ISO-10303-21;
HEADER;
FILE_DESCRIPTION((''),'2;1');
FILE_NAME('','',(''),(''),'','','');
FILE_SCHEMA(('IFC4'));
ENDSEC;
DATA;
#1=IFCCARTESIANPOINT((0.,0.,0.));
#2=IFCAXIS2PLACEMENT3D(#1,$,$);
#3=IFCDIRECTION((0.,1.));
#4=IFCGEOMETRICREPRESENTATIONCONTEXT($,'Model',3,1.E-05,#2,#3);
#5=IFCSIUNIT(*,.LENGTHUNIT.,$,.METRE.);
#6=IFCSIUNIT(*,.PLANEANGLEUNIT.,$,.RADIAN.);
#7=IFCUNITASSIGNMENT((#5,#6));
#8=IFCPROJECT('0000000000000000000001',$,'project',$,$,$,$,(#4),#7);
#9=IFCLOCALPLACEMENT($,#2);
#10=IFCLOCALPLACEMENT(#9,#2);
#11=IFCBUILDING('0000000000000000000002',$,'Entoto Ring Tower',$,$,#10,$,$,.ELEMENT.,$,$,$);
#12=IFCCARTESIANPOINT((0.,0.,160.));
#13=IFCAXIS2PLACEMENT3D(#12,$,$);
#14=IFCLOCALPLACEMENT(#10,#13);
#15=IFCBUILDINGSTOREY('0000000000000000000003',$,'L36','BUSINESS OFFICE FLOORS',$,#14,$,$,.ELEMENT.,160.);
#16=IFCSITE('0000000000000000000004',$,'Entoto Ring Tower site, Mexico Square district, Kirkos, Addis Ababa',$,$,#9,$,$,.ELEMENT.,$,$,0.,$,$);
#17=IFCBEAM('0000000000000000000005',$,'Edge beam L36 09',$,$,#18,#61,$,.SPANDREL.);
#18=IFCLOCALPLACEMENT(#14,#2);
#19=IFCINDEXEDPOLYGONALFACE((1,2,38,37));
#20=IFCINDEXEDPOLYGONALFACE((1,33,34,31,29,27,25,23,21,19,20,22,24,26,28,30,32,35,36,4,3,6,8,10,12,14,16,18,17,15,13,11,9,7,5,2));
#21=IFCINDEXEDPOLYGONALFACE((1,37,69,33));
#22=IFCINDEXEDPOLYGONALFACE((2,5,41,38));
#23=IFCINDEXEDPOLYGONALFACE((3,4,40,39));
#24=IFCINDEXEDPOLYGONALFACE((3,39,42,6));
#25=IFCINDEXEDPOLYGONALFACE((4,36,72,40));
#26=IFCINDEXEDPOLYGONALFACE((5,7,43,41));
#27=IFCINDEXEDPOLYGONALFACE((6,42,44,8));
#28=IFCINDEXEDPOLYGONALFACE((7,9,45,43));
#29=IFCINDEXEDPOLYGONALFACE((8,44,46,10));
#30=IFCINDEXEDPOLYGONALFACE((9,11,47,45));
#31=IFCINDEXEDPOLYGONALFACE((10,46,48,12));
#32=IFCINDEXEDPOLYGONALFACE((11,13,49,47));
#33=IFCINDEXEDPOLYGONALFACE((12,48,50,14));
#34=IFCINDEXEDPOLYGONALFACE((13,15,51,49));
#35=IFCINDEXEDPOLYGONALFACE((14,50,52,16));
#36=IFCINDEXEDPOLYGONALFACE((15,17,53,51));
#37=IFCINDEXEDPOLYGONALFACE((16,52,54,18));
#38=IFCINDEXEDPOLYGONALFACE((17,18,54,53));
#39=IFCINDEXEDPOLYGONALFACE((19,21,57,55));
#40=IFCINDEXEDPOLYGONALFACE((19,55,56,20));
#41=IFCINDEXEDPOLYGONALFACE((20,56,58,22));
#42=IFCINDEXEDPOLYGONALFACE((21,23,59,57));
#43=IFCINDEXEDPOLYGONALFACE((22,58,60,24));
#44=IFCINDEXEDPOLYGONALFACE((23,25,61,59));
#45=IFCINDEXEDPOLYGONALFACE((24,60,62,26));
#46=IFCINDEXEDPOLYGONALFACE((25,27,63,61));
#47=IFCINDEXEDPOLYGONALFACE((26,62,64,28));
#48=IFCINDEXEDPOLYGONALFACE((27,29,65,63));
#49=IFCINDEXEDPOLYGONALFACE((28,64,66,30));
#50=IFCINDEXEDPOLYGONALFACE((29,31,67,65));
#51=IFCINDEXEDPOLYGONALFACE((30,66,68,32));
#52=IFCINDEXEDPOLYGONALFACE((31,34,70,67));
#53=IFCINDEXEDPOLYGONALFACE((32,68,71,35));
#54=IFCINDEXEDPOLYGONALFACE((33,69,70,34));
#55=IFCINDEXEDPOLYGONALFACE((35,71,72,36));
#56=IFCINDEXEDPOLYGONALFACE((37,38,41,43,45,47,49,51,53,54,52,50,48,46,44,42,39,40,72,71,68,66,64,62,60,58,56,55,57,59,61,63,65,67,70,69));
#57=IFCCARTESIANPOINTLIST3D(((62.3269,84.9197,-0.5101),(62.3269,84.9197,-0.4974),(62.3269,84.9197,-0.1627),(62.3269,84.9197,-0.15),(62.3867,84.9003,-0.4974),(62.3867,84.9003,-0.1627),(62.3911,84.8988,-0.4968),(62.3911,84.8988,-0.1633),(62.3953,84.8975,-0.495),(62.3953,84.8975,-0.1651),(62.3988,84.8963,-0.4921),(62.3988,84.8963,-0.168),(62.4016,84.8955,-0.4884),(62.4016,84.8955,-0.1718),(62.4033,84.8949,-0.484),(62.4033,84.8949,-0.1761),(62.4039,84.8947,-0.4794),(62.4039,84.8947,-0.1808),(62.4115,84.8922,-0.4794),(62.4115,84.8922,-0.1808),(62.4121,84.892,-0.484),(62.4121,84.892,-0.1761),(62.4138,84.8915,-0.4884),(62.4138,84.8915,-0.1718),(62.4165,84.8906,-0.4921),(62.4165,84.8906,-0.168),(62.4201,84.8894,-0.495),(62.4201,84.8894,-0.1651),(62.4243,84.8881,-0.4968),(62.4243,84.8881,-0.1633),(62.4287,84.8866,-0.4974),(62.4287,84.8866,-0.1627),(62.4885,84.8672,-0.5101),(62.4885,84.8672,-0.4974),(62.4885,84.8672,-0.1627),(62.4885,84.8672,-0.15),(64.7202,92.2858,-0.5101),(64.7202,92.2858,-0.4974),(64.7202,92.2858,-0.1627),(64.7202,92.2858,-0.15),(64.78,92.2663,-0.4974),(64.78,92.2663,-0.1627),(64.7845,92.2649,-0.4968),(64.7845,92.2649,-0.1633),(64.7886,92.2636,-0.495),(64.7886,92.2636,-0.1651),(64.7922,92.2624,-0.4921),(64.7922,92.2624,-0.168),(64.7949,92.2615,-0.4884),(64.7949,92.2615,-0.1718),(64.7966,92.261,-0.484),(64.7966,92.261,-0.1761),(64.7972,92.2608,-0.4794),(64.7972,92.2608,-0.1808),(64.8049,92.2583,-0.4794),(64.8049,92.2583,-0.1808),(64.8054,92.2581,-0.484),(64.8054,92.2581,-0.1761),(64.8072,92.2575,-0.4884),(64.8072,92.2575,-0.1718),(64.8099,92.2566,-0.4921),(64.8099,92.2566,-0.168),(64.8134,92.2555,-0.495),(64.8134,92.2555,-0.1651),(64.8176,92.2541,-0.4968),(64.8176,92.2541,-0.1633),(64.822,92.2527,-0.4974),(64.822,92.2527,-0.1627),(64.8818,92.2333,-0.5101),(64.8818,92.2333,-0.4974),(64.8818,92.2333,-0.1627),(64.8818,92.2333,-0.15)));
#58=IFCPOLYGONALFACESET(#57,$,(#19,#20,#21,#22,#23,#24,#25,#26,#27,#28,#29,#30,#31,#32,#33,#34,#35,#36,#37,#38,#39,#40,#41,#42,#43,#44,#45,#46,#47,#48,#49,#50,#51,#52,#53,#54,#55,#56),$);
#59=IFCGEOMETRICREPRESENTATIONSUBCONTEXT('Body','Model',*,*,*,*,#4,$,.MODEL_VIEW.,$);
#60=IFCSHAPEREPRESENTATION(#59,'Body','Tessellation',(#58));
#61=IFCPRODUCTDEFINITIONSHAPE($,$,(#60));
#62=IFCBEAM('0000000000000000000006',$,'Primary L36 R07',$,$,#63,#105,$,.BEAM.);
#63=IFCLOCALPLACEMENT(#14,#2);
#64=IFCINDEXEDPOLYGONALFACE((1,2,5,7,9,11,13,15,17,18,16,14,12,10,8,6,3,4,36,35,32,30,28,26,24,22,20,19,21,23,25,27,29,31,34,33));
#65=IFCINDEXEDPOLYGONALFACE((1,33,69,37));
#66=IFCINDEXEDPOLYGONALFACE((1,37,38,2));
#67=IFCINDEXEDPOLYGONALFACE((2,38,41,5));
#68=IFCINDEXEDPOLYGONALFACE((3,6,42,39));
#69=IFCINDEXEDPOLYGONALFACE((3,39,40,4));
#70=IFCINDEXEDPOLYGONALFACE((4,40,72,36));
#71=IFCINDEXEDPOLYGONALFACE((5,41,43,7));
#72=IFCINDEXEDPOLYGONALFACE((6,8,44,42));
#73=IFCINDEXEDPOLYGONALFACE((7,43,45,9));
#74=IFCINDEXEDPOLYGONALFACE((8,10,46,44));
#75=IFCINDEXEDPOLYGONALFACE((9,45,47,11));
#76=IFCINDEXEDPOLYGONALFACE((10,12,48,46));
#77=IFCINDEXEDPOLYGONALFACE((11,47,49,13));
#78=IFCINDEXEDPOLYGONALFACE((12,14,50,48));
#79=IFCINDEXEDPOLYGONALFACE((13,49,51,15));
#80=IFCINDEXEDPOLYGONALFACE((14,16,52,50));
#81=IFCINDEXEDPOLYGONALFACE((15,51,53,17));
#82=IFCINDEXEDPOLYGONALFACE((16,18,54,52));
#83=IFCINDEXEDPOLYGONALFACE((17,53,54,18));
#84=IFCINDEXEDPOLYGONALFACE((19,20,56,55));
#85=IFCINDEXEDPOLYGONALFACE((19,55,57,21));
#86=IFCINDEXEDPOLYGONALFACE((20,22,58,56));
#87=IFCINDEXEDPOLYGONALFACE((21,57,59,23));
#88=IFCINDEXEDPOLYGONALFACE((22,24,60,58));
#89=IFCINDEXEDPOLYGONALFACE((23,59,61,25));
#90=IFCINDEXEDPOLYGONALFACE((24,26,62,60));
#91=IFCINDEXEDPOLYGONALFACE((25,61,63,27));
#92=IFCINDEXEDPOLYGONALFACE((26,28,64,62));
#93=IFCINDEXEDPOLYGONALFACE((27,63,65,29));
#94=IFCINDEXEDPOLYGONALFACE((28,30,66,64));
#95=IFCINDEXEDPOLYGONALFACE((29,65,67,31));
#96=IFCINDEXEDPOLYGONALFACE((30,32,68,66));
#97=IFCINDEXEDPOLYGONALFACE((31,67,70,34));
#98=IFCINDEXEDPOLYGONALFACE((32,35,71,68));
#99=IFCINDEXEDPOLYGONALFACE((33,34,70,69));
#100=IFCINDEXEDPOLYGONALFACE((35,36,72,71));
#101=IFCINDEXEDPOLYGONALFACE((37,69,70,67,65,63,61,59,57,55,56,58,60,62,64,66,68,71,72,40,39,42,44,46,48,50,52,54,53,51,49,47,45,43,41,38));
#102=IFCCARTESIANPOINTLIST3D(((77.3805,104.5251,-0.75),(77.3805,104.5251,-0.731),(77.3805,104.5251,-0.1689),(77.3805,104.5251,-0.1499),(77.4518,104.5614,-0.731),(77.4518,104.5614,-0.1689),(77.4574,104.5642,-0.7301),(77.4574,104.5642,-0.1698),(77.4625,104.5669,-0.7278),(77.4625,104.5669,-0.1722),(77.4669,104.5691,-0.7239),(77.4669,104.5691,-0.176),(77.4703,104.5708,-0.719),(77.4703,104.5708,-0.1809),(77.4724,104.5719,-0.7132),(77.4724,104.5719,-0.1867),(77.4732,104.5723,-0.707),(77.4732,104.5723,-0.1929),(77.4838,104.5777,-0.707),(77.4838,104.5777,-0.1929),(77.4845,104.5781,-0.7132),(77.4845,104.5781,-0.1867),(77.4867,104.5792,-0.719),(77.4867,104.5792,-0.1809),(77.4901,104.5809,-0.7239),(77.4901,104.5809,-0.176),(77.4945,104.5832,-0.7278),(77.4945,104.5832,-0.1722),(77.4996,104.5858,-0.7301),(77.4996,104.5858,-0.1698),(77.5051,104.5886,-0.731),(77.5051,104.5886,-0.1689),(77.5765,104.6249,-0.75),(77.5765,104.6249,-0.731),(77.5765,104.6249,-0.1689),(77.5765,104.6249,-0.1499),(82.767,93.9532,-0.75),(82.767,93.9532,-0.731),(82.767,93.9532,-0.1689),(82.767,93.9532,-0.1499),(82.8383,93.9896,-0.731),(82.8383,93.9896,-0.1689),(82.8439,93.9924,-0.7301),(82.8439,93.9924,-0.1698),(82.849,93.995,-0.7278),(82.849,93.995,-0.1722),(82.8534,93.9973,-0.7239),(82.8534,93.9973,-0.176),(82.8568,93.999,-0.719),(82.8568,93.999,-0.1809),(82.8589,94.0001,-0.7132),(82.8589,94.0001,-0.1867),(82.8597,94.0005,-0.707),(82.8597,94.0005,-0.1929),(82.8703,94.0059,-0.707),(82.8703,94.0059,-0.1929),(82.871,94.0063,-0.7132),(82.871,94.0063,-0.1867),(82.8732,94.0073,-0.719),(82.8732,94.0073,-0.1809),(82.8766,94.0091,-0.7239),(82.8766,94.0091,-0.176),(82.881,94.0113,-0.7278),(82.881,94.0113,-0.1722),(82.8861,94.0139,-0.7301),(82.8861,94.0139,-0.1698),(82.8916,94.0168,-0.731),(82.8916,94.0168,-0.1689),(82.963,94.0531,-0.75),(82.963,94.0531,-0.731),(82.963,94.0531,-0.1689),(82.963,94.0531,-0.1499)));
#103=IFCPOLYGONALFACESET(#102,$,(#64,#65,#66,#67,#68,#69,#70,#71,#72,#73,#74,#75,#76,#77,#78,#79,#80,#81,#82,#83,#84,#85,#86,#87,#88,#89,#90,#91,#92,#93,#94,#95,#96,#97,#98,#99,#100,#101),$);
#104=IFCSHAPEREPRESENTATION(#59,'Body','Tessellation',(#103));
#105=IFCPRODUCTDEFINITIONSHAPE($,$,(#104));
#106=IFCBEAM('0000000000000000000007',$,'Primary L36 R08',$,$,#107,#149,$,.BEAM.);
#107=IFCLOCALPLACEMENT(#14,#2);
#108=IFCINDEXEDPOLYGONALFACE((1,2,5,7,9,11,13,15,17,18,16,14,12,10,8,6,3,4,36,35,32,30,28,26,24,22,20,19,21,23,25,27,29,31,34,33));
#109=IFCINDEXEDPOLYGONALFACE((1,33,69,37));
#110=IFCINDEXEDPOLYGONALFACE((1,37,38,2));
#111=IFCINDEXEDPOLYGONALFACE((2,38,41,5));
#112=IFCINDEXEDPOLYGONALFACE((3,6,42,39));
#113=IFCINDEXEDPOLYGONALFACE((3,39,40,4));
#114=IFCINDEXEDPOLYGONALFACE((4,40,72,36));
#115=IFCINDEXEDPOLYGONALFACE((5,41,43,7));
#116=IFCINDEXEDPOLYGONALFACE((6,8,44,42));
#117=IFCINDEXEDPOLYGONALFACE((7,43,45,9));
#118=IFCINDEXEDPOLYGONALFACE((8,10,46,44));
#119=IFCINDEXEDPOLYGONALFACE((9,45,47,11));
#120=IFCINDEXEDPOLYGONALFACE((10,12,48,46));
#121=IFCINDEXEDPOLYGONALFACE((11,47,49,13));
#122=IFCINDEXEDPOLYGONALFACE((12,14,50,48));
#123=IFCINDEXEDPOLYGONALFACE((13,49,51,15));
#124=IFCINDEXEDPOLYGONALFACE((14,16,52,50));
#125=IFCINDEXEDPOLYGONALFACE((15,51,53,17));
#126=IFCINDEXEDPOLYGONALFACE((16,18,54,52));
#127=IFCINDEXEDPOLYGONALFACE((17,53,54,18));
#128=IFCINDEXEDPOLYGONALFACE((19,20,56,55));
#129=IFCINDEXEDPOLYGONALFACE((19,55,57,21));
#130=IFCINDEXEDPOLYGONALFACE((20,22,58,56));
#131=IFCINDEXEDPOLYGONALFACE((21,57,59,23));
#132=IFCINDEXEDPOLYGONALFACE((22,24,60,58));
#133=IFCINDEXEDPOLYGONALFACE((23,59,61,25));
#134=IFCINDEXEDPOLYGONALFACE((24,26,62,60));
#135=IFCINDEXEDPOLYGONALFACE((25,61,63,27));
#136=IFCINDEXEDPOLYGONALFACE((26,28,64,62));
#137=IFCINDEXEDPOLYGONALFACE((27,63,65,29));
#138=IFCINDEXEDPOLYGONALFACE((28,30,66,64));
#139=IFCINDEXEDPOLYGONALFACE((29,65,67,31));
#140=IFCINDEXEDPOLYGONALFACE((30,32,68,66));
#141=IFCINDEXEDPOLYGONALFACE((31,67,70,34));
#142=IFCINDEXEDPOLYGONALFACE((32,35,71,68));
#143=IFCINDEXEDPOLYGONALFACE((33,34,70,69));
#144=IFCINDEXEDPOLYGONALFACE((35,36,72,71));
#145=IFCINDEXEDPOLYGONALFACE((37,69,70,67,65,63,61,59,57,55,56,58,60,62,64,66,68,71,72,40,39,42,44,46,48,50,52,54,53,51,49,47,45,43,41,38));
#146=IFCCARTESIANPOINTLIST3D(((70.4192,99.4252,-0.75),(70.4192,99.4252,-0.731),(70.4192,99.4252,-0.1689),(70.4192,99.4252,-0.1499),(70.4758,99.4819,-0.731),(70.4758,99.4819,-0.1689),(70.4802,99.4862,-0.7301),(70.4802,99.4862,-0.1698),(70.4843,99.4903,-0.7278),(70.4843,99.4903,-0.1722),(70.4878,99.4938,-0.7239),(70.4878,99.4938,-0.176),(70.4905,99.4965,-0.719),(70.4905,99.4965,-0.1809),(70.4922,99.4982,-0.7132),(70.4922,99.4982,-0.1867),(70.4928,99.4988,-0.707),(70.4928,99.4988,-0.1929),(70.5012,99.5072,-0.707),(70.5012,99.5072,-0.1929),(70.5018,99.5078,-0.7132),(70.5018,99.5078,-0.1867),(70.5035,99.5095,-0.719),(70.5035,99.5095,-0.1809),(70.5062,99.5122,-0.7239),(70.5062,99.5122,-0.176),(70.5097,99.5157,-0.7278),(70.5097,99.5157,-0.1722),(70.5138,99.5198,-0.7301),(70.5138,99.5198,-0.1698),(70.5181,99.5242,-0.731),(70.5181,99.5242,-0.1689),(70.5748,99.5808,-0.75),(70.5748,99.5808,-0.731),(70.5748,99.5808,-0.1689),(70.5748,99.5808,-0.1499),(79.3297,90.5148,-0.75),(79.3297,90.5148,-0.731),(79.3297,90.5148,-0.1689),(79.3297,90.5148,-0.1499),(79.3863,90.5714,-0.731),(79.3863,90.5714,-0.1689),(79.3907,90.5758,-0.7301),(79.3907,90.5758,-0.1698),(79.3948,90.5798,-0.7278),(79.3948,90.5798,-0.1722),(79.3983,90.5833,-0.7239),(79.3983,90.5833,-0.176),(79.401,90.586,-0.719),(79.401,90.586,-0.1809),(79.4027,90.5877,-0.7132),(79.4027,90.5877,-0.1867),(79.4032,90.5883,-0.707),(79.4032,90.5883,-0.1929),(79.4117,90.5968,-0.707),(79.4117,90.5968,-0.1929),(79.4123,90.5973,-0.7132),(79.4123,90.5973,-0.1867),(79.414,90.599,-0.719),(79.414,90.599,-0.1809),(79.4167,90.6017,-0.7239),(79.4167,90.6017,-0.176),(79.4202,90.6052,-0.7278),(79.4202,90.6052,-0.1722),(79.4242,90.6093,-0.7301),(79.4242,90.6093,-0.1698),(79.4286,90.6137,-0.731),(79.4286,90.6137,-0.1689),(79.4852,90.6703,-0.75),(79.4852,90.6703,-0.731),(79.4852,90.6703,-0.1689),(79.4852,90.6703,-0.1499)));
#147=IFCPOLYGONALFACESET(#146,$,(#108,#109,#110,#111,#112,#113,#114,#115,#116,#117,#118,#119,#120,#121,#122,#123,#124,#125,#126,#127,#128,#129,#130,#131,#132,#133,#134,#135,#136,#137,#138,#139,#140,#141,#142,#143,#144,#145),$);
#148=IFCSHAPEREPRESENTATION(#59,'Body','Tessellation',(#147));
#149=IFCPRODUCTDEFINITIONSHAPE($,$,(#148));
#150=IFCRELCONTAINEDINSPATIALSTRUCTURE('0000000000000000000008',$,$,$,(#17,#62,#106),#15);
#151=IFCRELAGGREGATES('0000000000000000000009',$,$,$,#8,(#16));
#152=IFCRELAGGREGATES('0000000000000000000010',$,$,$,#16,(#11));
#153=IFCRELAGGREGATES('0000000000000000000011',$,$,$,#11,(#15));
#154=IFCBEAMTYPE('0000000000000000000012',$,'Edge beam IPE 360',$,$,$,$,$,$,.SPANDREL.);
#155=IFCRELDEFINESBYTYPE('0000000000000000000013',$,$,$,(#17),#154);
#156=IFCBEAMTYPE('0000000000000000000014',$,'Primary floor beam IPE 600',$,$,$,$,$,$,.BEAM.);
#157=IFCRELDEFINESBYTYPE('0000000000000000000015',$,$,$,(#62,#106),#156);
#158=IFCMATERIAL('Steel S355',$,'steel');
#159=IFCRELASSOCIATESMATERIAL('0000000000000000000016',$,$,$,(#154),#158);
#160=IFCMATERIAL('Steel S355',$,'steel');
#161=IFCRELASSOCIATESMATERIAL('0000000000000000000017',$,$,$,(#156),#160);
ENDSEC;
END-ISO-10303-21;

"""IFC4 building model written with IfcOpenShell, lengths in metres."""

from ifc_helpers import new_model, si_unit, direction, frame, origin, origin_2d, place, context, subcontext, project, spatial, i_section, extrude, material, material_profile, profile_set, type_object, element, save


model = new_model("IFC4")

# Units and contexts
model_context = context("Model", 3, precision=1e-05, world=origin(), true_north=direction((0.0, 1.0)))
body_context = subcontext(model_context, "Body", "Model", "MODEL_VIEW")
ifc_project = project(units=[si_unit("LENGTHUNIT", "METRE"), si_unit("PLANEANGLEUNIT", "RADIAN")], contexts=[model_context])

# Site, building, storey
site_placement = place(None, origin())
site = spatial("IfcSite", under=ifc_project, at=site_placement, Name="Entoto Ring Tower site, Mexico Square district, Kirkos, Addis Ababa", CompositionType="ELEMENT", RefElevation=0.0)
building_placement = place(site_placement, origin())
building = spatial("IfcBuilding", under=site, at=building_placement, Name="Entoto Ring Tower", CompositionType="ELEMENT")
storey_placement = place(building_placement, frame((0.0, 0.0, 160.0)))
storey = spatial("IfcBuildingStorey", under=building, at=storey_placement, Name="L36", Description="BUSINESS OFFICE FLOORS", CompositionType="ELEMENT", Elevation=160.0)

# Beams
ifc_material_1 = material(Name="Steel S355", Category="steel")
ifc_material_profile_1 = material_profile(ifc_material_1, i_section(OverallWidth=0.1699, OverallDepth=0.3601, WebThickness=0.0081, FlangeThickness=0.0127, FilletRadius=0.0181, at=origin_2d()), Name="IPE 360")
ifc_profile_set_1 = profile_set([ifc_material_profile_1], Name="Steel S355")
beam_type_1 = type_object("IfcBeamType", Name="Edge beam IPE 360", PredefinedType="SPANDREL", material=ifc_profile_set_1)
for number, where, z_axis, x_axis, name in (
    (1, (64.801, 92.2595, -0.3301), (-0.309013, -0.951058, 0.0), (0.951058, -0.309013, 0.0), "Edge beam L36 09"),
):
    element("IfcBeam", number, at=place(storey_placement, frame(where, z_axis=z_axis, x_axis=x_axis)), inside=storey, type_object=beam_type_1, Name=name, PredefinedType="SPANDREL", context=body_context, shape_type="SweptSolid", body=[
        extrude(i_section(OverallWidth=0.1699, OverallDepth=0.3601, WebThickness=0.0081, FlangeThickness=0.0127, FilletRadius=0.0181, at=origin_2d()), origin(), (0.0, 0.0, 1.0), 7.7451),
    ])
ifc_material_2 = material(Name="Steel S355", Category="steel")
ifc_material_profile_2 = material_profile(ifc_material_2, i_section(OverallWidth=0.22, OverallDepth=0.6001, WebThickness=0.012, FlangeThickness=0.019, FilletRadius=0.0239, at=origin_2d()), Name="IPE 600")
ifc_profile_set_2 = profile_set([ifc_material_profile_2], Name="Steel S355")
beam_type_2 = type_object("IfcBeamType", Name="Primary floor beam IPE 600", PredefinedType="BEAM", material=ifc_profile_set_2)
beam_1_placement = place(storey_placement, frame((82.865, 94.0032, -0.45), z_axis=(-0.453983, 0.89101, 0.0), x_axis=(-0.89101, -0.453983, 0.0)))
element("IfcBeam", 2, at=beam_1_placement, inside=storey, type_object=beam_type_2, Name="Primary L36 R07", PredefinedType="BEAM", context=body_context, shape_type="SweptSolid", body=[
    extrude(i_section(OverallWidth=0.22, OverallDepth=0.6001, WebThickness=0.012, FlangeThickness=0.019, FilletRadius=0.0239, at=origin_2d()), origin(), (0.0, 0.0, 1.0), 11.865),
])
beam_2_placement = place(storey_placement, frame((79.4075, 90.5925, -0.45), z_axis=(-0.707107, 0.707107, 0.0), x_axis=(-0.707107, -0.707107, 0.0)))
element("IfcBeam", 3, at=beam_2_placement, inside=storey, type_object=beam_type_2, Name="Primary L36 R08", PredefinedType="BEAM", context=body_context, shape_type="SweptSolid", body=[
    extrude(i_section(OverallWidth=0.22, OverallDepth=0.6001, WebThickness=0.012, FlangeThickness=0.019, FilletRadius=0.0239, at=origin_2d()), origin(), (0.0, 0.0, 1.0), 12.6013),
])

save(model, "model.ifc")
